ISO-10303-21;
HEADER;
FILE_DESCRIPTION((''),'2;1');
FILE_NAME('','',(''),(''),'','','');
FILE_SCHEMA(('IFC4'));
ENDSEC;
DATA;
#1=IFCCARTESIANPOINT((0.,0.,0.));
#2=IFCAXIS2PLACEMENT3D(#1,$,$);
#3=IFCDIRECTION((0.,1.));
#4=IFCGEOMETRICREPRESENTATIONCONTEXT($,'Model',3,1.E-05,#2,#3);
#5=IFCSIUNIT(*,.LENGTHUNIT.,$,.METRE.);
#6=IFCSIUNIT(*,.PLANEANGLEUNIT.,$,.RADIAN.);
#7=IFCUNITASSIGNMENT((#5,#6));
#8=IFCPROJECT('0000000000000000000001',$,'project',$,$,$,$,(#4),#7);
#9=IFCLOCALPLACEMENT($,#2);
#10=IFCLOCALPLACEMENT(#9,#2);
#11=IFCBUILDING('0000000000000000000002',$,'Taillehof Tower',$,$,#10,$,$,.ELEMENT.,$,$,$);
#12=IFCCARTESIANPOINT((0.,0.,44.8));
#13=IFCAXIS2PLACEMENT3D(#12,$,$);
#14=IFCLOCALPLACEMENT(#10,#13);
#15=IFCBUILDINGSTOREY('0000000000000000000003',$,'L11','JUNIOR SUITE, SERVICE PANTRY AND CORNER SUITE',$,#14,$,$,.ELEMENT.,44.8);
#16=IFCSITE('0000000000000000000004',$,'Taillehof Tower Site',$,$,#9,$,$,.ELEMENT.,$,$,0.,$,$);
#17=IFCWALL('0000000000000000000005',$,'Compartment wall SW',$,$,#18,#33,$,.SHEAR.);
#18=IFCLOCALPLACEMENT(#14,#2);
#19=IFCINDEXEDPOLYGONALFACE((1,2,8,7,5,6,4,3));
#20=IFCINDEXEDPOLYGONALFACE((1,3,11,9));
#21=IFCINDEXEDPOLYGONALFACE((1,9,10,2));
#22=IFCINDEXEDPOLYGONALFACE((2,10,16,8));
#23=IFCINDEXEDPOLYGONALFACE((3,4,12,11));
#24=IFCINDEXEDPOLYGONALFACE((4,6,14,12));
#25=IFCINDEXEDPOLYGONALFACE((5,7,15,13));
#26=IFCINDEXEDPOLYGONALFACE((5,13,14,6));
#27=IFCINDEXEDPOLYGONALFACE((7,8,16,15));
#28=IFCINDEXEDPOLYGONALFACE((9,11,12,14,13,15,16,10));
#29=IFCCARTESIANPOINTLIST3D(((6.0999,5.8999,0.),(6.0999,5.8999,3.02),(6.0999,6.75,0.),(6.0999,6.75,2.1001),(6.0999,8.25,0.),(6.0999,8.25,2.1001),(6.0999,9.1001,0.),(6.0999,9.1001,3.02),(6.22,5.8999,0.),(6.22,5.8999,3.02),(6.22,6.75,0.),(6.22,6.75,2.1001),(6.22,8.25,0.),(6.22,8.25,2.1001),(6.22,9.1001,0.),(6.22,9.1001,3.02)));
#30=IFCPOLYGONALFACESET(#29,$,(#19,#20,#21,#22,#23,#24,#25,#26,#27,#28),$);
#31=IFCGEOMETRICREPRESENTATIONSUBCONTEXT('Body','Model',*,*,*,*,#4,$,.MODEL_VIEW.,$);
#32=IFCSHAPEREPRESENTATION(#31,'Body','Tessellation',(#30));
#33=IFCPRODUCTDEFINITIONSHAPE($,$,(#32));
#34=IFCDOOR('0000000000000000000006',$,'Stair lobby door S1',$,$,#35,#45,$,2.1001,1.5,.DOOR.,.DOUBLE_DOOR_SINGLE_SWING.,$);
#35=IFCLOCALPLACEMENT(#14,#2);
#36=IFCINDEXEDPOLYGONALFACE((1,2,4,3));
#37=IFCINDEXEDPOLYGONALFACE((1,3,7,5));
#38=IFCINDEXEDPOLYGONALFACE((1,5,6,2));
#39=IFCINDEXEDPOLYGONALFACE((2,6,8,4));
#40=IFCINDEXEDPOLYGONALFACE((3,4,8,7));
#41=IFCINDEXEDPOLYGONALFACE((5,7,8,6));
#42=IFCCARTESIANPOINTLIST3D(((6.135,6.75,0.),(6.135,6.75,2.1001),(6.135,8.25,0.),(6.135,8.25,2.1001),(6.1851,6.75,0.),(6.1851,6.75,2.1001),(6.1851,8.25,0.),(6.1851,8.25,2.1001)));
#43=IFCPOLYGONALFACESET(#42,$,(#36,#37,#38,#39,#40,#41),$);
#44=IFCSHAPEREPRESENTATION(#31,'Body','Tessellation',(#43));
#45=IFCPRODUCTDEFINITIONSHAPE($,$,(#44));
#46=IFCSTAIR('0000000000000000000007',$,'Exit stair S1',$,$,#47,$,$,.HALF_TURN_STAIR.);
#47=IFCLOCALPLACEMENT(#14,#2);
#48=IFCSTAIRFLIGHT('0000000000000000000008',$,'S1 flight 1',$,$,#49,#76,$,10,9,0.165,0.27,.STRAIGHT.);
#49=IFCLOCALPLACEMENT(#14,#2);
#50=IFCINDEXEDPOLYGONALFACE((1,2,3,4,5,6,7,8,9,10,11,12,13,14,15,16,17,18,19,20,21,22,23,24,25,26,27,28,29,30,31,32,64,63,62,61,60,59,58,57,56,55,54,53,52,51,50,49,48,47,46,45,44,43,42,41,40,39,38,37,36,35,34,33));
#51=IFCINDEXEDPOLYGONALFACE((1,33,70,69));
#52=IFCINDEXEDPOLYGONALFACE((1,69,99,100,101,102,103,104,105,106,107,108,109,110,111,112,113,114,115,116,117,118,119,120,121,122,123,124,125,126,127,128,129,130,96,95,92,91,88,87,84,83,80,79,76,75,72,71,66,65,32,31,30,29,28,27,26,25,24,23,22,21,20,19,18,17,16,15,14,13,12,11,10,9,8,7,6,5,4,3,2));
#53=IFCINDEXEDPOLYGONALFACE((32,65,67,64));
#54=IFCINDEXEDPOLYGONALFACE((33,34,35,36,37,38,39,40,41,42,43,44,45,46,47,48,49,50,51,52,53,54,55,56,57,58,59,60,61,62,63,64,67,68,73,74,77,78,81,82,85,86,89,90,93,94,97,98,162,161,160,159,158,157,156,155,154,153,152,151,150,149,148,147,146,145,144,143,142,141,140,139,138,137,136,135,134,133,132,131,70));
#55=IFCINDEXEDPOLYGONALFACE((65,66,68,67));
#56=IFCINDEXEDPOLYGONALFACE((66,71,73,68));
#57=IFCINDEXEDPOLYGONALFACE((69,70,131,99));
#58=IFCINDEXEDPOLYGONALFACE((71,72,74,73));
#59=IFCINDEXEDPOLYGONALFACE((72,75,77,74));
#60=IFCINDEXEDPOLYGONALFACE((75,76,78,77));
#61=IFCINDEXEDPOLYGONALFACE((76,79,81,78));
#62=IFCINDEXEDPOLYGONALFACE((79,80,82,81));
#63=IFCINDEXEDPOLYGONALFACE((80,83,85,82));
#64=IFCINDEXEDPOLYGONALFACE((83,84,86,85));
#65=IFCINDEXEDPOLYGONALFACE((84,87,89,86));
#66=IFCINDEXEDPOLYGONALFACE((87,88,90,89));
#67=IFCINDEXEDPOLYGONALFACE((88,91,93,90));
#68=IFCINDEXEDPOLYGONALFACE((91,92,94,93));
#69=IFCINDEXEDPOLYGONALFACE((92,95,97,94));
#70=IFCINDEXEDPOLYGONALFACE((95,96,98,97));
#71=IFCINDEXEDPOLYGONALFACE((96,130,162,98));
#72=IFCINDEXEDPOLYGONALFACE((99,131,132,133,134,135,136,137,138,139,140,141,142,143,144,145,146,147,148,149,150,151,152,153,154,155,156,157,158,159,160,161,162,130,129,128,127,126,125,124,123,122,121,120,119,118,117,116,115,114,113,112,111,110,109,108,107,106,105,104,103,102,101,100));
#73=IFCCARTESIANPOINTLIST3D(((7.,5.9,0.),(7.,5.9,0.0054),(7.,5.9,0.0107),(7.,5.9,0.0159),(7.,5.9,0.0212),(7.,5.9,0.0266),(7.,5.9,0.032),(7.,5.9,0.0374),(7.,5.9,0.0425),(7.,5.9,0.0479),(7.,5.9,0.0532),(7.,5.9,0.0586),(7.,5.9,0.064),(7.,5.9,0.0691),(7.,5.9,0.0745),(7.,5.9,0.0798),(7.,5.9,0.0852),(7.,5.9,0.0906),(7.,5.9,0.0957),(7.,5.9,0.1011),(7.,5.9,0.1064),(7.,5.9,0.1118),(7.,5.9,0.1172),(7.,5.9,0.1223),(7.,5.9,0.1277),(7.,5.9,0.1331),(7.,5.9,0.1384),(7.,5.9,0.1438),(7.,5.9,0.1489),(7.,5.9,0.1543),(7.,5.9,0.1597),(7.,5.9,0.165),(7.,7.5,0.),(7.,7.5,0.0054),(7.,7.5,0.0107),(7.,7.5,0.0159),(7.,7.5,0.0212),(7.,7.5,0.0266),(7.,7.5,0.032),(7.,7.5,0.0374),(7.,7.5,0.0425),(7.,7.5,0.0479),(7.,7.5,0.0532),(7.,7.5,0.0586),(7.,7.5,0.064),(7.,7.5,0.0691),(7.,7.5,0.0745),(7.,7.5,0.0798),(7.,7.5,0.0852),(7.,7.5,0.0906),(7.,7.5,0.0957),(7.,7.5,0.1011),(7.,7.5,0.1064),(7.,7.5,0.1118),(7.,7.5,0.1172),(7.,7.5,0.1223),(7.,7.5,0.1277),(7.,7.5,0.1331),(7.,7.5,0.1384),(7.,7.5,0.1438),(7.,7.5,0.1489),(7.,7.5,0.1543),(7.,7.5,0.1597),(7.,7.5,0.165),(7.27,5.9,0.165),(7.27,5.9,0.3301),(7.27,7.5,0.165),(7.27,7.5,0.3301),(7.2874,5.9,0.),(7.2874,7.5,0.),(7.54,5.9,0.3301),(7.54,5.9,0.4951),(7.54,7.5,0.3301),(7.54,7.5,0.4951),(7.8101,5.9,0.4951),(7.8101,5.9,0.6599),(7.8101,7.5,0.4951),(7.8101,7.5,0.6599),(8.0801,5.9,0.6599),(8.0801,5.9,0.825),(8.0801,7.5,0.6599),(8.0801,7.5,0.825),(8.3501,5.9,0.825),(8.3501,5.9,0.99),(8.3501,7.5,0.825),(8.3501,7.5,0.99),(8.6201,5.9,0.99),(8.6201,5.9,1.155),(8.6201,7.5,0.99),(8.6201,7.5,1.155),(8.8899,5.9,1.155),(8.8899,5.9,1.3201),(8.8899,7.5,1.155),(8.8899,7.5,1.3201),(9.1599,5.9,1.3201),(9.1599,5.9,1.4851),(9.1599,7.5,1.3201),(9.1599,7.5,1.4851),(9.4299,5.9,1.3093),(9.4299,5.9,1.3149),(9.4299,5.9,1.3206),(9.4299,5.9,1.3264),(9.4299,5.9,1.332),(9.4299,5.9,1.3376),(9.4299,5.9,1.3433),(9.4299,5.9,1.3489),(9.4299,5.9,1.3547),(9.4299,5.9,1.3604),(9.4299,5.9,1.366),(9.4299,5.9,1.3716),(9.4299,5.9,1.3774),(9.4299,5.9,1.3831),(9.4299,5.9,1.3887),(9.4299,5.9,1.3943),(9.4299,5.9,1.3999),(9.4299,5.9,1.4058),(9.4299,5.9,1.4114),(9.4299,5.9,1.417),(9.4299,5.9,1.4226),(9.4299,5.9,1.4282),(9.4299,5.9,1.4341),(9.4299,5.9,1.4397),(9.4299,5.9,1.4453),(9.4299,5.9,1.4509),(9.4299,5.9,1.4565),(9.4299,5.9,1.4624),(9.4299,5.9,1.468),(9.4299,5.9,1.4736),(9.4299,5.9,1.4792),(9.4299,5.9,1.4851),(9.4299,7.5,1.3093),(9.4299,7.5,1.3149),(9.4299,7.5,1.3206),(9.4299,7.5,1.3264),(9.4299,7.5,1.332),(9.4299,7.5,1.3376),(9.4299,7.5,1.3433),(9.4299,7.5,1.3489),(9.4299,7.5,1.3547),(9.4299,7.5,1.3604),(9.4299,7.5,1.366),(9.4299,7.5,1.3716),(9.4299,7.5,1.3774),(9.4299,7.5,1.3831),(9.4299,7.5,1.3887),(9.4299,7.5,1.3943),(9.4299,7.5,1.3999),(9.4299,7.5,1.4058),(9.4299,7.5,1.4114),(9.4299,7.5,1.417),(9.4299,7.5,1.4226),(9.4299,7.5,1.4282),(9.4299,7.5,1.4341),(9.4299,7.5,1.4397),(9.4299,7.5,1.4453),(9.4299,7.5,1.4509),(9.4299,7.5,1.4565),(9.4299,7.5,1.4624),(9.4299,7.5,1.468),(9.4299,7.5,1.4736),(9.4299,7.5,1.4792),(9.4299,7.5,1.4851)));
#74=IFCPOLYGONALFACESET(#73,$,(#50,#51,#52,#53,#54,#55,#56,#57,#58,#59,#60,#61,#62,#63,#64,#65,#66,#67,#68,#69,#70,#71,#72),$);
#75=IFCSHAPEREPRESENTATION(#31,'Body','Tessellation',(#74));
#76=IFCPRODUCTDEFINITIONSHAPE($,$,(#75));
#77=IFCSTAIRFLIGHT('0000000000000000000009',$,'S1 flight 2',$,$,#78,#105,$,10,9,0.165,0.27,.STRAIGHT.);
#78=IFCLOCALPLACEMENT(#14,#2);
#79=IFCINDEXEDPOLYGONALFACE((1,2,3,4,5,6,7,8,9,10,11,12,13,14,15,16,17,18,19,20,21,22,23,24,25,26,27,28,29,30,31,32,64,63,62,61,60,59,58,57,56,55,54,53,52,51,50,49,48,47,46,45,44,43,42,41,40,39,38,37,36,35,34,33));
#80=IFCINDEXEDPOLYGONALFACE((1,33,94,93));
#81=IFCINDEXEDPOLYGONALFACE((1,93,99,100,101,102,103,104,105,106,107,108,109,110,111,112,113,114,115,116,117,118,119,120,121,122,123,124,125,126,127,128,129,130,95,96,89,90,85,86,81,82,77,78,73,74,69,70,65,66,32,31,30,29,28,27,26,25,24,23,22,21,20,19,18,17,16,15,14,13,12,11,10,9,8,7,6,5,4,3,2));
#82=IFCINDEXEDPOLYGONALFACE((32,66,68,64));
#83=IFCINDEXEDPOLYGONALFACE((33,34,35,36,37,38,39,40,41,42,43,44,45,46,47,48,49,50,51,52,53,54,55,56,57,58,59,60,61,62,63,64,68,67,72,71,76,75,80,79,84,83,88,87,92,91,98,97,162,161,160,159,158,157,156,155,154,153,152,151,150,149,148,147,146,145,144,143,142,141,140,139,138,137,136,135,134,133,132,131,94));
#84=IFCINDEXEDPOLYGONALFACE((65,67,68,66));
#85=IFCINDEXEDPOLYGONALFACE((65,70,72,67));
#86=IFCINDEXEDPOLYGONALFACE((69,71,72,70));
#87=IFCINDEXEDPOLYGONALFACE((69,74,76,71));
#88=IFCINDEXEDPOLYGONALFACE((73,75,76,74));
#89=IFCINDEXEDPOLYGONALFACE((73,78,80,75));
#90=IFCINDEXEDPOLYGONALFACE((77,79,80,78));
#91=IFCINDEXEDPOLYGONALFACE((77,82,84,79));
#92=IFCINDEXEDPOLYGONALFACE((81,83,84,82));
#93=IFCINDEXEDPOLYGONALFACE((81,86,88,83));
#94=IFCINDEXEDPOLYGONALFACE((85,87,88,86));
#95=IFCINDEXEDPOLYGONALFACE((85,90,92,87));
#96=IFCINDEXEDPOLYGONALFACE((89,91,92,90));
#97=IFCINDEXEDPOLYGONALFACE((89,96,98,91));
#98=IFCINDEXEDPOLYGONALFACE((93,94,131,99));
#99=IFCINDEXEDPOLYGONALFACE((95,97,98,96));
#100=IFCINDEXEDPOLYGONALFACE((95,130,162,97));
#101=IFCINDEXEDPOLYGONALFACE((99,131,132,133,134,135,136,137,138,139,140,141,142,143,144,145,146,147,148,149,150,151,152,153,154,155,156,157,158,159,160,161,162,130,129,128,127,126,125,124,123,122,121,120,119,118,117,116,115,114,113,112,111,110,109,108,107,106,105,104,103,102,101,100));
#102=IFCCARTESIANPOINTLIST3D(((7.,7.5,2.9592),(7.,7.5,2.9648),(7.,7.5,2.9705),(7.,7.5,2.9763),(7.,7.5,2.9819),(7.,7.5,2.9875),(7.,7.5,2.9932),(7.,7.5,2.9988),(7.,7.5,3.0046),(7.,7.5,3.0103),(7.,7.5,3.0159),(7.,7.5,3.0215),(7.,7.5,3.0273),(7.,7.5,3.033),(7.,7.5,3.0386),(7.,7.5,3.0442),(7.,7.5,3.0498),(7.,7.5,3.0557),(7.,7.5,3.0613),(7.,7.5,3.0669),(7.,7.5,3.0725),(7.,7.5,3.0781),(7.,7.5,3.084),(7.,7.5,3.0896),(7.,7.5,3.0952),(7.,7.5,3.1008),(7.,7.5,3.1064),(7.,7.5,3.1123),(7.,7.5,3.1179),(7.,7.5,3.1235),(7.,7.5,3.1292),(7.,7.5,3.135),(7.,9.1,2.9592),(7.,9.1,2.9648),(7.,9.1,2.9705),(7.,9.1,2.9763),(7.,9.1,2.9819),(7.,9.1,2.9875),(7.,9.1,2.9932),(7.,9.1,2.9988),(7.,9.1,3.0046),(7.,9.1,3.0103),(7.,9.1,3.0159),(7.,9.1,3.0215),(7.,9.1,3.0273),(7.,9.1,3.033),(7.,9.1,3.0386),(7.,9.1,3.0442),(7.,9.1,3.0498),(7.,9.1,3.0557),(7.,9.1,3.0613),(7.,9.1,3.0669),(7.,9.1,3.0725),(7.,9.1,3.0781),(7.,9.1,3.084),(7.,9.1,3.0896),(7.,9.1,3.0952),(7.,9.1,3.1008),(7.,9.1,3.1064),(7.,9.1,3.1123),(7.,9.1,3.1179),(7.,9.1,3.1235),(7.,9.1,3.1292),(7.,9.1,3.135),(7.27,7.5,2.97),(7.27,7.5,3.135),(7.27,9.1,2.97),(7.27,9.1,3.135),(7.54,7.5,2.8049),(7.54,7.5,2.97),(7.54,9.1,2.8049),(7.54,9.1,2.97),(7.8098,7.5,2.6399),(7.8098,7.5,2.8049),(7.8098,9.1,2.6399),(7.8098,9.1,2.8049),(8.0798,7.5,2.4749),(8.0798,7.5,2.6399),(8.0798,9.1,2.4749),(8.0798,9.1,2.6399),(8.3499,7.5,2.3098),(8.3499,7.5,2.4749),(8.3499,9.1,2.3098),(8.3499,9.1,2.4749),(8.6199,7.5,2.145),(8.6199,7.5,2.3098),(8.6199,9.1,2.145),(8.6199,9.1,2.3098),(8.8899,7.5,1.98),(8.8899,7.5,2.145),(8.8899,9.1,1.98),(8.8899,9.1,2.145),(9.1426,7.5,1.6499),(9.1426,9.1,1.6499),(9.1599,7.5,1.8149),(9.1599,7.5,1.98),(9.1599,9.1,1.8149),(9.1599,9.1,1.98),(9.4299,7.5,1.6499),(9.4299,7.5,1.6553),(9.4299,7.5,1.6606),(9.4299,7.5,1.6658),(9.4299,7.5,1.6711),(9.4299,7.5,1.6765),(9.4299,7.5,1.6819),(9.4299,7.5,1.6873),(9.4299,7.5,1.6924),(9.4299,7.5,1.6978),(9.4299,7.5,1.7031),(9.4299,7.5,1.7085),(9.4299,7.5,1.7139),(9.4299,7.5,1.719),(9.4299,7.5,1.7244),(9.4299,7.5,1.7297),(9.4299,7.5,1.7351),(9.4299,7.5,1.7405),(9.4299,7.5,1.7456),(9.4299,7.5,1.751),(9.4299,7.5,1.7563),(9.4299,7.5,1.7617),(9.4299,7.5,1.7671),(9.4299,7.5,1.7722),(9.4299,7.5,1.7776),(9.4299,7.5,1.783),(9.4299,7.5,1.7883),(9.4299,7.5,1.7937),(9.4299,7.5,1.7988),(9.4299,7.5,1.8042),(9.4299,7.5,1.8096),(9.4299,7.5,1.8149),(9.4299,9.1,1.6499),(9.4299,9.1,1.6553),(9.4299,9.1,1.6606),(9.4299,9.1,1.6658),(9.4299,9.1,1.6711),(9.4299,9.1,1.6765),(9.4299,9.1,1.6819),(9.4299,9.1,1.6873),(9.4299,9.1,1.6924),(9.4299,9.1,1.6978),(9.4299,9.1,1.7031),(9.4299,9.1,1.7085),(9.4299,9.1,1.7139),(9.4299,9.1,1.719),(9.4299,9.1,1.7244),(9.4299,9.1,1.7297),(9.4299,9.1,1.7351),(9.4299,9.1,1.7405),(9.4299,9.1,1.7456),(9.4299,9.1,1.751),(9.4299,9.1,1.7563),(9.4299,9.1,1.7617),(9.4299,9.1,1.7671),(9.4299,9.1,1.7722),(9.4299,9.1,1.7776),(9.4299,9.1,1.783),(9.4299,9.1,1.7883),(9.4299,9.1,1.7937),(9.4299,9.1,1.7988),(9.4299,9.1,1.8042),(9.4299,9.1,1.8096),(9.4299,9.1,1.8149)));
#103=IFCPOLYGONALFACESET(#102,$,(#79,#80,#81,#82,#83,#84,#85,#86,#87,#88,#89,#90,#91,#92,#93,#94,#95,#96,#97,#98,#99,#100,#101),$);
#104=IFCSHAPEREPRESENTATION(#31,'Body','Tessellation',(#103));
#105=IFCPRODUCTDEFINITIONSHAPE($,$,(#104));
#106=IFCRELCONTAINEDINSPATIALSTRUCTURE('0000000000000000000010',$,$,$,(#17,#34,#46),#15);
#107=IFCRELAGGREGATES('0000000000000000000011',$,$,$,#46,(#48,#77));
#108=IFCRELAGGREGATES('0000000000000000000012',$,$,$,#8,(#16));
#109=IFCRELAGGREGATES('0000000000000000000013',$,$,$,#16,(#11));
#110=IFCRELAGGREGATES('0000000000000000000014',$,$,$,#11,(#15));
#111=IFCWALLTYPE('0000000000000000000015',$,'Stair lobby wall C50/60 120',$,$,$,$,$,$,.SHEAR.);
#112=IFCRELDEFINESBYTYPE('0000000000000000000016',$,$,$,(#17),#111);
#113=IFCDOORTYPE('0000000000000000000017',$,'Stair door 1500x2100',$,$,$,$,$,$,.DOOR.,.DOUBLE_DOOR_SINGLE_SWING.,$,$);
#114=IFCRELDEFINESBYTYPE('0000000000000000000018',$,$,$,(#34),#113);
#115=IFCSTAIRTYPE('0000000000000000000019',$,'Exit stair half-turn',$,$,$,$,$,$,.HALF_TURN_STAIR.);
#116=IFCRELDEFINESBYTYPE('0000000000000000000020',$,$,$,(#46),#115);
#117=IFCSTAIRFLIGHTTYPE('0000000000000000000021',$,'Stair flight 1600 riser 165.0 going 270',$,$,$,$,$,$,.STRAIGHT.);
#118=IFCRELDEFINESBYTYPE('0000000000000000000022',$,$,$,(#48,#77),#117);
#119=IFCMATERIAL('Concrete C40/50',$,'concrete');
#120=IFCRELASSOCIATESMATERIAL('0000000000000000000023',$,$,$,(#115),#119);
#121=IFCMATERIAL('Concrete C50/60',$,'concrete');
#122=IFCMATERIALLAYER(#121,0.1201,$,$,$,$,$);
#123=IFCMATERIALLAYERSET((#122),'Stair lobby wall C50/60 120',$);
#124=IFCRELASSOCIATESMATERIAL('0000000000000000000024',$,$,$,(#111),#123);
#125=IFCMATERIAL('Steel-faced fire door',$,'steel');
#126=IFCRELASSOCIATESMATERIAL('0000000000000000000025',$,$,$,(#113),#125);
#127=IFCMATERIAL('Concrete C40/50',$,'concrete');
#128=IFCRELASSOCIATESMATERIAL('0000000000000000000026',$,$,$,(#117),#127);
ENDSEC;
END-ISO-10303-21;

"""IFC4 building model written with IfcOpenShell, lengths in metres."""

from ifc_helpers import new_model, si_unit, direction, frame, frame_2d, origin, place, context, subcontext, project, spatial, polyline, rectangle, outline, extrude, material, layer, layer_set, type_object, element, fill, aggregate, save


model = new_model("IFC4")

# Units and contexts
model_context = context("Model", 3, precision=1e-05, world=origin(), true_north=direction((0.0, 1.0)))
body_context = subcontext(model_context, "Body", "Model", "MODEL_VIEW")
ifc_project = project(units=[si_unit("LENGTHUNIT", "METRE"), si_unit("PLANEANGLEUNIT", "RADIAN")], contexts=[model_context])

# Site, building, storey
site_placement = place(None, origin())
site = spatial("IfcSite", under=ifc_project, at=site_placement, Name="Taillehof Tower Site", CompositionType="ELEMENT", RefElevation=0.0)
building_placement = place(site_placement, origin())
building = spatial("IfcBuilding", under=site, at=building_placement, Name="Taillehof Tower", CompositionType="ELEMENT")
storey_placement = place(building_placement, frame((0.0, 0.0, 44.8)))
storey = spatial("IfcBuildingStorey", under=building, at=storey_placement, Name="L11", Description="JUNIOR SUITE, SERVICE PANTRY AND CORNER SUITE", CompositionType="ELEMENT", Elevation=44.8)

# Shared definitions
ifc_material_1 = material(Name="Concrete C40/50", Category="concrete")
stair_type = type_object("IfcStairType", Name="Exit stair half-turn", PredefinedType="HALF_TURN_STAIR", material=ifc_material_1)

# Wall, opening, door
ifc_material_2 = material(Name="Concrete C50/60", Category="concrete")
ifc_layer_1 = layer(ifc_material_2, 0.1201)
ifc_layer_set_1 = layer_set([ifc_layer_1], Name="Stair lobby wall C50/60 120")
wall_type_1 = type_object("IfcWallType", Name="Stair lobby wall C50/60 120", PredefinedType="SHEAR", material=ifc_layer_set_1)
wall_1_placement = place(storey_placement, frame((6.1599, 5.8999, 0.0), z_axis=(0.0, 0.0, 1.0), x_axis=(0.0, 1.0, 0.0)))
wall_1 = element("IfcWall", 1, at=wall_1_placement, inside=storey, type_object=wall_type_1, Name="Compartment wall SW", PredefinedType="SHEAR", context=body_context, shape_type="SweptSolid", body=[
    extrude(rectangle(XDim=3.2002, YDim=0.1201, at=frame_2d((1.6001, 0.0))), origin(), (0.0, 0.0, 1.0), 3.02),
])
opening_1_placement = place(wall_1_placement, frame((0.8501, 0.0, 0.0)))
opening_1 = element("IfcOpeningElement", 2, at=opening_1_placement, cuts=wall_1, PredefinedType="OPENING", context=body_context, shape_type="SweptSolid", body=[
    extrude(rectangle(XDim=1.5, YDim=2.1001, at=frame_2d((0.75, 1.05))), frame((0.0, 0.0701, 0.0), z_axis=(0.0, -1.0, 0.0), x_axis=(1.0, 0.0, 0.0)), (0.0, 0.0, 1.0), 0.1401),
])
ifc_material_3 = material(Name="Steel-faced fire door", Category="steel")
door_type_1 = type_object("IfcDoorType", Name="Stair door 1500x2100", OperationType="DOUBLE_DOOR_SINGLE_SWING", PredefinedType="DOOR", material=ifc_material_3)
door_1_placement = place(opening_1_placement, origin())
door_1 = element("IfcDoor", 3, at=door_1_placement, inside=storey, type_object=door_type_1, Name="Stair lobby door S1", OperationType="DOUBLE_DOOR_SINGLE_SWING", OverallHeight=2.1001, OverallWidth=1.5, PredefinedType="DOOR", context=body_context, shape_type="SweptSolid", body=[
    extrude(rectangle(XDim=1.5, YDim=2.1001, at=frame_2d((0.75, 1.05))), frame((0.0, 0.0249, 0.0), z_axis=(0.0, -1.0, 0.0), x_axis=(1.0, 0.0, 0.0)), (0.0, 0.0, 1.0), 0.05),
])
fill(opening_1, door_1)

# Stair, stair flights
stair_1_placement = place(storey_placement, origin())
stair_1 = element("IfcStair", 4, at=stair_1_placement, inside=storey, type_object=stair_type, Name="Exit stair S1", PredefinedType="HALF_TURN_STAIR")
ifc_material_4 = material(Name="Concrete C40/50", Category="concrete")
stair_flight_type = type_object("IfcStairFlightType", Name="Stair flight 1600 riser 165.0 going 270", PredefinedType="STRAIGHT", material=ifc_material_4)
stair_flight_1_placement = place(storey_placement, frame((7.0, 6.7, 0.0), z_axis=(0.0, 0.0, 1.0), x_axis=(1.0, 0.0, 0.0)))
stair_flight_1 = element("IfcStairFlight", 5, at=stair_flight_1_placement, type_object=stair_flight_type, Name="S1 flight 1", NumberOfRisers=10, NumberOfTreads=9, PredefinedType="STRAIGHT", RiserHeight=0.165, TreadLength=0.27, context=body_context, shape_type="SweptSolid", body=[
    extrude(outline(polyline([(0.0, 0.0), (0.0, 0.0054), (0.0, 0.0107), (0.0, 0.0159), (0.0, 0.0212), (0.0, 0.0266), (0.0, 0.032), (0.0, 0.0374), (0.0, 0.0425), (0.0, 0.0479), (0.0, 0.0532), (0.0, 0.0586), (0.0, 0.064), (0.0, 0.0691), (0.0, 0.0745), (0.0, 0.0798), (0.0, 0.0852), (0.0, 0.0906), (0.0, 0.0957), (0.0, 0.1011), (0.0, 0.1064), (0.0, 0.1118), (0.0, 0.1172), (0.0, 0.1223), (0.0, 0.1277), (0.0, 0.1331), (0.0, 0.1384), (0.0, 0.1438), (0.0, 0.1489), (0.0, 0.1543), (0.0, 0.1597), (0.0, 0.165), (0.27, 0.165), (0.27, 0.3301), (0.54, 0.3301), (0.54, 0.4951), (0.8101, 0.4951), (0.8101, 0.6599), (1.0801, 0.6599), (1.0801, 0.825), (1.3501, 0.825), (1.3501, 0.99), (1.6201, 0.99), (1.6201, 1.155), (1.8899, 1.155), (1.8899, 1.3201), (2.1599, 1.3201), (2.1599, 1.4851), (2.4299, 1.4851), (2.4299, 1.4792), (2.4299, 1.4736), (2.4299, 1.468), (2.4299, 1.4624), (2.4299, 1.4565), (2.4299, 1.4509), (2.4299, 1.4453), (2.4299, 1.4397), (2.4299, 1.4341), (2.4299, 1.4282), (2.4299, 1.4226), (2.4299, 1.417), (2.4299, 1.4114), (2.4299, 1.4058), (2.4299, 1.3999), (2.4299, 1.3943), (2.4299, 1.3887), (2.4299, 1.3831), (2.4299, 1.3774), (2.4299, 1.3716), (2.4299, 1.366), (2.4299, 1.3604), (2.4299, 1.3547), (2.4299, 1.3489), (2.4299, 1.3433), (2.4299, 1.3376), (2.4299, 1.332), (2.4299, 1.3264), (2.4299, 1.3206), (2.4299, 1.3149), (2.4299, 1.3093), (0.2874, 0.0), (0.0, 0.0)])), frame((0.0, 0.8, 0.0), z_axis=(0.0, -1.0, 0.0), x_axis=(1.0, 0.0, 0.0)), (0.0, 0.0, 1.0), 1.6),
])
stair_flight_2_placement = place(storey_placement, frame((9.4299, 8.3, 1.6499), z_axis=(0.0, 0.0, 1.0), x_axis=(-1.0, 0.0, 0.0)))
stair_flight_2 = element("IfcStairFlight", 6, at=stair_flight_2_placement, type_object=stair_flight_type, Name="S1 flight 2", NumberOfRisers=10, NumberOfTreads=9, PredefinedType="STRAIGHT", RiserHeight=0.165, TreadLength=0.27, context=body_context, shape_type="SweptSolid", body=[
    extrude(outline(polyline([(0.0, 0.0), (0.0, 0.0054), (0.0, 0.0107), (0.0, 0.0159), (0.0, 0.0212), (0.0, 0.0266), (0.0, 0.032), (0.0, 0.0374), (0.0, 0.0425), (0.0, 0.0479), (0.0, 0.0532), (0.0, 0.0586), (0.0, 0.064), (0.0, 0.0691), (0.0, 0.0745), (0.0, 0.0798), (0.0, 0.0852), (0.0, 0.0906), (0.0, 0.0957), (0.0, 0.1011), (0.0, 0.1064), (0.0, 0.1118), (0.0, 0.1172), (0.0, 0.1223), (0.0, 0.1277), (0.0, 0.1331), (0.0, 0.1384), (0.0, 0.1438), (0.0, 0.1489), (0.0, 0.1543), (0.0, 0.1597), (0.0, 0.165), (0.27, 0.165), (0.27, 0.3301), (0.54, 0.3301), (0.54, 0.4951), (0.8101, 0.4951), (0.8101, 0.6599), (1.0801, 0.6599), (1.0801, 0.825), (1.3501, 0.825), (1.3501, 0.99), (1.6201, 0.99), (1.6201, 1.155), (1.8899, 1.155), (1.8899, 1.3201), (2.1599, 1.3201), (2.1599, 1.4851), (2.4299, 1.4851), (2.4299, 1.4792), (2.4299, 1.4736), (2.4299, 1.468), (2.4299, 1.4624), (2.4299, 1.4565), (2.4299, 1.4509), (2.4299, 1.4453), (2.4299, 1.4397), (2.4299, 1.4341), (2.4299, 1.4282), (2.4299, 1.4226), (2.4299, 1.417), (2.4299, 1.4114), (2.4299, 1.4058), (2.4299, 1.3999), (2.4299, 1.3943), (2.4299, 1.3887), (2.4299, 1.3831), (2.4299, 1.3774), (2.4299, 1.3716), (2.4299, 1.366), (2.4299, 1.3604), (2.4299, 1.3547), (2.4299, 1.3489), (2.4299, 1.3433), (2.4299, 1.3376), (2.4299, 1.332), (2.4299, 1.3264), (2.4299, 1.3206), (2.4299, 1.3149), (2.4299, 1.3093), (0.2874, 0.0), (0.0, 0.0)])), frame((0.0, 0.8, 0.0), z_axis=(0.0, -1.0, 0.0), x_axis=(1.0, 0.0, 0.0)), (0.0, 0.0, 1.0), 1.6),
])
aggregate(stair_1, [stair_flight_1, stair_flight_2])

save(model, "model.ifc")
